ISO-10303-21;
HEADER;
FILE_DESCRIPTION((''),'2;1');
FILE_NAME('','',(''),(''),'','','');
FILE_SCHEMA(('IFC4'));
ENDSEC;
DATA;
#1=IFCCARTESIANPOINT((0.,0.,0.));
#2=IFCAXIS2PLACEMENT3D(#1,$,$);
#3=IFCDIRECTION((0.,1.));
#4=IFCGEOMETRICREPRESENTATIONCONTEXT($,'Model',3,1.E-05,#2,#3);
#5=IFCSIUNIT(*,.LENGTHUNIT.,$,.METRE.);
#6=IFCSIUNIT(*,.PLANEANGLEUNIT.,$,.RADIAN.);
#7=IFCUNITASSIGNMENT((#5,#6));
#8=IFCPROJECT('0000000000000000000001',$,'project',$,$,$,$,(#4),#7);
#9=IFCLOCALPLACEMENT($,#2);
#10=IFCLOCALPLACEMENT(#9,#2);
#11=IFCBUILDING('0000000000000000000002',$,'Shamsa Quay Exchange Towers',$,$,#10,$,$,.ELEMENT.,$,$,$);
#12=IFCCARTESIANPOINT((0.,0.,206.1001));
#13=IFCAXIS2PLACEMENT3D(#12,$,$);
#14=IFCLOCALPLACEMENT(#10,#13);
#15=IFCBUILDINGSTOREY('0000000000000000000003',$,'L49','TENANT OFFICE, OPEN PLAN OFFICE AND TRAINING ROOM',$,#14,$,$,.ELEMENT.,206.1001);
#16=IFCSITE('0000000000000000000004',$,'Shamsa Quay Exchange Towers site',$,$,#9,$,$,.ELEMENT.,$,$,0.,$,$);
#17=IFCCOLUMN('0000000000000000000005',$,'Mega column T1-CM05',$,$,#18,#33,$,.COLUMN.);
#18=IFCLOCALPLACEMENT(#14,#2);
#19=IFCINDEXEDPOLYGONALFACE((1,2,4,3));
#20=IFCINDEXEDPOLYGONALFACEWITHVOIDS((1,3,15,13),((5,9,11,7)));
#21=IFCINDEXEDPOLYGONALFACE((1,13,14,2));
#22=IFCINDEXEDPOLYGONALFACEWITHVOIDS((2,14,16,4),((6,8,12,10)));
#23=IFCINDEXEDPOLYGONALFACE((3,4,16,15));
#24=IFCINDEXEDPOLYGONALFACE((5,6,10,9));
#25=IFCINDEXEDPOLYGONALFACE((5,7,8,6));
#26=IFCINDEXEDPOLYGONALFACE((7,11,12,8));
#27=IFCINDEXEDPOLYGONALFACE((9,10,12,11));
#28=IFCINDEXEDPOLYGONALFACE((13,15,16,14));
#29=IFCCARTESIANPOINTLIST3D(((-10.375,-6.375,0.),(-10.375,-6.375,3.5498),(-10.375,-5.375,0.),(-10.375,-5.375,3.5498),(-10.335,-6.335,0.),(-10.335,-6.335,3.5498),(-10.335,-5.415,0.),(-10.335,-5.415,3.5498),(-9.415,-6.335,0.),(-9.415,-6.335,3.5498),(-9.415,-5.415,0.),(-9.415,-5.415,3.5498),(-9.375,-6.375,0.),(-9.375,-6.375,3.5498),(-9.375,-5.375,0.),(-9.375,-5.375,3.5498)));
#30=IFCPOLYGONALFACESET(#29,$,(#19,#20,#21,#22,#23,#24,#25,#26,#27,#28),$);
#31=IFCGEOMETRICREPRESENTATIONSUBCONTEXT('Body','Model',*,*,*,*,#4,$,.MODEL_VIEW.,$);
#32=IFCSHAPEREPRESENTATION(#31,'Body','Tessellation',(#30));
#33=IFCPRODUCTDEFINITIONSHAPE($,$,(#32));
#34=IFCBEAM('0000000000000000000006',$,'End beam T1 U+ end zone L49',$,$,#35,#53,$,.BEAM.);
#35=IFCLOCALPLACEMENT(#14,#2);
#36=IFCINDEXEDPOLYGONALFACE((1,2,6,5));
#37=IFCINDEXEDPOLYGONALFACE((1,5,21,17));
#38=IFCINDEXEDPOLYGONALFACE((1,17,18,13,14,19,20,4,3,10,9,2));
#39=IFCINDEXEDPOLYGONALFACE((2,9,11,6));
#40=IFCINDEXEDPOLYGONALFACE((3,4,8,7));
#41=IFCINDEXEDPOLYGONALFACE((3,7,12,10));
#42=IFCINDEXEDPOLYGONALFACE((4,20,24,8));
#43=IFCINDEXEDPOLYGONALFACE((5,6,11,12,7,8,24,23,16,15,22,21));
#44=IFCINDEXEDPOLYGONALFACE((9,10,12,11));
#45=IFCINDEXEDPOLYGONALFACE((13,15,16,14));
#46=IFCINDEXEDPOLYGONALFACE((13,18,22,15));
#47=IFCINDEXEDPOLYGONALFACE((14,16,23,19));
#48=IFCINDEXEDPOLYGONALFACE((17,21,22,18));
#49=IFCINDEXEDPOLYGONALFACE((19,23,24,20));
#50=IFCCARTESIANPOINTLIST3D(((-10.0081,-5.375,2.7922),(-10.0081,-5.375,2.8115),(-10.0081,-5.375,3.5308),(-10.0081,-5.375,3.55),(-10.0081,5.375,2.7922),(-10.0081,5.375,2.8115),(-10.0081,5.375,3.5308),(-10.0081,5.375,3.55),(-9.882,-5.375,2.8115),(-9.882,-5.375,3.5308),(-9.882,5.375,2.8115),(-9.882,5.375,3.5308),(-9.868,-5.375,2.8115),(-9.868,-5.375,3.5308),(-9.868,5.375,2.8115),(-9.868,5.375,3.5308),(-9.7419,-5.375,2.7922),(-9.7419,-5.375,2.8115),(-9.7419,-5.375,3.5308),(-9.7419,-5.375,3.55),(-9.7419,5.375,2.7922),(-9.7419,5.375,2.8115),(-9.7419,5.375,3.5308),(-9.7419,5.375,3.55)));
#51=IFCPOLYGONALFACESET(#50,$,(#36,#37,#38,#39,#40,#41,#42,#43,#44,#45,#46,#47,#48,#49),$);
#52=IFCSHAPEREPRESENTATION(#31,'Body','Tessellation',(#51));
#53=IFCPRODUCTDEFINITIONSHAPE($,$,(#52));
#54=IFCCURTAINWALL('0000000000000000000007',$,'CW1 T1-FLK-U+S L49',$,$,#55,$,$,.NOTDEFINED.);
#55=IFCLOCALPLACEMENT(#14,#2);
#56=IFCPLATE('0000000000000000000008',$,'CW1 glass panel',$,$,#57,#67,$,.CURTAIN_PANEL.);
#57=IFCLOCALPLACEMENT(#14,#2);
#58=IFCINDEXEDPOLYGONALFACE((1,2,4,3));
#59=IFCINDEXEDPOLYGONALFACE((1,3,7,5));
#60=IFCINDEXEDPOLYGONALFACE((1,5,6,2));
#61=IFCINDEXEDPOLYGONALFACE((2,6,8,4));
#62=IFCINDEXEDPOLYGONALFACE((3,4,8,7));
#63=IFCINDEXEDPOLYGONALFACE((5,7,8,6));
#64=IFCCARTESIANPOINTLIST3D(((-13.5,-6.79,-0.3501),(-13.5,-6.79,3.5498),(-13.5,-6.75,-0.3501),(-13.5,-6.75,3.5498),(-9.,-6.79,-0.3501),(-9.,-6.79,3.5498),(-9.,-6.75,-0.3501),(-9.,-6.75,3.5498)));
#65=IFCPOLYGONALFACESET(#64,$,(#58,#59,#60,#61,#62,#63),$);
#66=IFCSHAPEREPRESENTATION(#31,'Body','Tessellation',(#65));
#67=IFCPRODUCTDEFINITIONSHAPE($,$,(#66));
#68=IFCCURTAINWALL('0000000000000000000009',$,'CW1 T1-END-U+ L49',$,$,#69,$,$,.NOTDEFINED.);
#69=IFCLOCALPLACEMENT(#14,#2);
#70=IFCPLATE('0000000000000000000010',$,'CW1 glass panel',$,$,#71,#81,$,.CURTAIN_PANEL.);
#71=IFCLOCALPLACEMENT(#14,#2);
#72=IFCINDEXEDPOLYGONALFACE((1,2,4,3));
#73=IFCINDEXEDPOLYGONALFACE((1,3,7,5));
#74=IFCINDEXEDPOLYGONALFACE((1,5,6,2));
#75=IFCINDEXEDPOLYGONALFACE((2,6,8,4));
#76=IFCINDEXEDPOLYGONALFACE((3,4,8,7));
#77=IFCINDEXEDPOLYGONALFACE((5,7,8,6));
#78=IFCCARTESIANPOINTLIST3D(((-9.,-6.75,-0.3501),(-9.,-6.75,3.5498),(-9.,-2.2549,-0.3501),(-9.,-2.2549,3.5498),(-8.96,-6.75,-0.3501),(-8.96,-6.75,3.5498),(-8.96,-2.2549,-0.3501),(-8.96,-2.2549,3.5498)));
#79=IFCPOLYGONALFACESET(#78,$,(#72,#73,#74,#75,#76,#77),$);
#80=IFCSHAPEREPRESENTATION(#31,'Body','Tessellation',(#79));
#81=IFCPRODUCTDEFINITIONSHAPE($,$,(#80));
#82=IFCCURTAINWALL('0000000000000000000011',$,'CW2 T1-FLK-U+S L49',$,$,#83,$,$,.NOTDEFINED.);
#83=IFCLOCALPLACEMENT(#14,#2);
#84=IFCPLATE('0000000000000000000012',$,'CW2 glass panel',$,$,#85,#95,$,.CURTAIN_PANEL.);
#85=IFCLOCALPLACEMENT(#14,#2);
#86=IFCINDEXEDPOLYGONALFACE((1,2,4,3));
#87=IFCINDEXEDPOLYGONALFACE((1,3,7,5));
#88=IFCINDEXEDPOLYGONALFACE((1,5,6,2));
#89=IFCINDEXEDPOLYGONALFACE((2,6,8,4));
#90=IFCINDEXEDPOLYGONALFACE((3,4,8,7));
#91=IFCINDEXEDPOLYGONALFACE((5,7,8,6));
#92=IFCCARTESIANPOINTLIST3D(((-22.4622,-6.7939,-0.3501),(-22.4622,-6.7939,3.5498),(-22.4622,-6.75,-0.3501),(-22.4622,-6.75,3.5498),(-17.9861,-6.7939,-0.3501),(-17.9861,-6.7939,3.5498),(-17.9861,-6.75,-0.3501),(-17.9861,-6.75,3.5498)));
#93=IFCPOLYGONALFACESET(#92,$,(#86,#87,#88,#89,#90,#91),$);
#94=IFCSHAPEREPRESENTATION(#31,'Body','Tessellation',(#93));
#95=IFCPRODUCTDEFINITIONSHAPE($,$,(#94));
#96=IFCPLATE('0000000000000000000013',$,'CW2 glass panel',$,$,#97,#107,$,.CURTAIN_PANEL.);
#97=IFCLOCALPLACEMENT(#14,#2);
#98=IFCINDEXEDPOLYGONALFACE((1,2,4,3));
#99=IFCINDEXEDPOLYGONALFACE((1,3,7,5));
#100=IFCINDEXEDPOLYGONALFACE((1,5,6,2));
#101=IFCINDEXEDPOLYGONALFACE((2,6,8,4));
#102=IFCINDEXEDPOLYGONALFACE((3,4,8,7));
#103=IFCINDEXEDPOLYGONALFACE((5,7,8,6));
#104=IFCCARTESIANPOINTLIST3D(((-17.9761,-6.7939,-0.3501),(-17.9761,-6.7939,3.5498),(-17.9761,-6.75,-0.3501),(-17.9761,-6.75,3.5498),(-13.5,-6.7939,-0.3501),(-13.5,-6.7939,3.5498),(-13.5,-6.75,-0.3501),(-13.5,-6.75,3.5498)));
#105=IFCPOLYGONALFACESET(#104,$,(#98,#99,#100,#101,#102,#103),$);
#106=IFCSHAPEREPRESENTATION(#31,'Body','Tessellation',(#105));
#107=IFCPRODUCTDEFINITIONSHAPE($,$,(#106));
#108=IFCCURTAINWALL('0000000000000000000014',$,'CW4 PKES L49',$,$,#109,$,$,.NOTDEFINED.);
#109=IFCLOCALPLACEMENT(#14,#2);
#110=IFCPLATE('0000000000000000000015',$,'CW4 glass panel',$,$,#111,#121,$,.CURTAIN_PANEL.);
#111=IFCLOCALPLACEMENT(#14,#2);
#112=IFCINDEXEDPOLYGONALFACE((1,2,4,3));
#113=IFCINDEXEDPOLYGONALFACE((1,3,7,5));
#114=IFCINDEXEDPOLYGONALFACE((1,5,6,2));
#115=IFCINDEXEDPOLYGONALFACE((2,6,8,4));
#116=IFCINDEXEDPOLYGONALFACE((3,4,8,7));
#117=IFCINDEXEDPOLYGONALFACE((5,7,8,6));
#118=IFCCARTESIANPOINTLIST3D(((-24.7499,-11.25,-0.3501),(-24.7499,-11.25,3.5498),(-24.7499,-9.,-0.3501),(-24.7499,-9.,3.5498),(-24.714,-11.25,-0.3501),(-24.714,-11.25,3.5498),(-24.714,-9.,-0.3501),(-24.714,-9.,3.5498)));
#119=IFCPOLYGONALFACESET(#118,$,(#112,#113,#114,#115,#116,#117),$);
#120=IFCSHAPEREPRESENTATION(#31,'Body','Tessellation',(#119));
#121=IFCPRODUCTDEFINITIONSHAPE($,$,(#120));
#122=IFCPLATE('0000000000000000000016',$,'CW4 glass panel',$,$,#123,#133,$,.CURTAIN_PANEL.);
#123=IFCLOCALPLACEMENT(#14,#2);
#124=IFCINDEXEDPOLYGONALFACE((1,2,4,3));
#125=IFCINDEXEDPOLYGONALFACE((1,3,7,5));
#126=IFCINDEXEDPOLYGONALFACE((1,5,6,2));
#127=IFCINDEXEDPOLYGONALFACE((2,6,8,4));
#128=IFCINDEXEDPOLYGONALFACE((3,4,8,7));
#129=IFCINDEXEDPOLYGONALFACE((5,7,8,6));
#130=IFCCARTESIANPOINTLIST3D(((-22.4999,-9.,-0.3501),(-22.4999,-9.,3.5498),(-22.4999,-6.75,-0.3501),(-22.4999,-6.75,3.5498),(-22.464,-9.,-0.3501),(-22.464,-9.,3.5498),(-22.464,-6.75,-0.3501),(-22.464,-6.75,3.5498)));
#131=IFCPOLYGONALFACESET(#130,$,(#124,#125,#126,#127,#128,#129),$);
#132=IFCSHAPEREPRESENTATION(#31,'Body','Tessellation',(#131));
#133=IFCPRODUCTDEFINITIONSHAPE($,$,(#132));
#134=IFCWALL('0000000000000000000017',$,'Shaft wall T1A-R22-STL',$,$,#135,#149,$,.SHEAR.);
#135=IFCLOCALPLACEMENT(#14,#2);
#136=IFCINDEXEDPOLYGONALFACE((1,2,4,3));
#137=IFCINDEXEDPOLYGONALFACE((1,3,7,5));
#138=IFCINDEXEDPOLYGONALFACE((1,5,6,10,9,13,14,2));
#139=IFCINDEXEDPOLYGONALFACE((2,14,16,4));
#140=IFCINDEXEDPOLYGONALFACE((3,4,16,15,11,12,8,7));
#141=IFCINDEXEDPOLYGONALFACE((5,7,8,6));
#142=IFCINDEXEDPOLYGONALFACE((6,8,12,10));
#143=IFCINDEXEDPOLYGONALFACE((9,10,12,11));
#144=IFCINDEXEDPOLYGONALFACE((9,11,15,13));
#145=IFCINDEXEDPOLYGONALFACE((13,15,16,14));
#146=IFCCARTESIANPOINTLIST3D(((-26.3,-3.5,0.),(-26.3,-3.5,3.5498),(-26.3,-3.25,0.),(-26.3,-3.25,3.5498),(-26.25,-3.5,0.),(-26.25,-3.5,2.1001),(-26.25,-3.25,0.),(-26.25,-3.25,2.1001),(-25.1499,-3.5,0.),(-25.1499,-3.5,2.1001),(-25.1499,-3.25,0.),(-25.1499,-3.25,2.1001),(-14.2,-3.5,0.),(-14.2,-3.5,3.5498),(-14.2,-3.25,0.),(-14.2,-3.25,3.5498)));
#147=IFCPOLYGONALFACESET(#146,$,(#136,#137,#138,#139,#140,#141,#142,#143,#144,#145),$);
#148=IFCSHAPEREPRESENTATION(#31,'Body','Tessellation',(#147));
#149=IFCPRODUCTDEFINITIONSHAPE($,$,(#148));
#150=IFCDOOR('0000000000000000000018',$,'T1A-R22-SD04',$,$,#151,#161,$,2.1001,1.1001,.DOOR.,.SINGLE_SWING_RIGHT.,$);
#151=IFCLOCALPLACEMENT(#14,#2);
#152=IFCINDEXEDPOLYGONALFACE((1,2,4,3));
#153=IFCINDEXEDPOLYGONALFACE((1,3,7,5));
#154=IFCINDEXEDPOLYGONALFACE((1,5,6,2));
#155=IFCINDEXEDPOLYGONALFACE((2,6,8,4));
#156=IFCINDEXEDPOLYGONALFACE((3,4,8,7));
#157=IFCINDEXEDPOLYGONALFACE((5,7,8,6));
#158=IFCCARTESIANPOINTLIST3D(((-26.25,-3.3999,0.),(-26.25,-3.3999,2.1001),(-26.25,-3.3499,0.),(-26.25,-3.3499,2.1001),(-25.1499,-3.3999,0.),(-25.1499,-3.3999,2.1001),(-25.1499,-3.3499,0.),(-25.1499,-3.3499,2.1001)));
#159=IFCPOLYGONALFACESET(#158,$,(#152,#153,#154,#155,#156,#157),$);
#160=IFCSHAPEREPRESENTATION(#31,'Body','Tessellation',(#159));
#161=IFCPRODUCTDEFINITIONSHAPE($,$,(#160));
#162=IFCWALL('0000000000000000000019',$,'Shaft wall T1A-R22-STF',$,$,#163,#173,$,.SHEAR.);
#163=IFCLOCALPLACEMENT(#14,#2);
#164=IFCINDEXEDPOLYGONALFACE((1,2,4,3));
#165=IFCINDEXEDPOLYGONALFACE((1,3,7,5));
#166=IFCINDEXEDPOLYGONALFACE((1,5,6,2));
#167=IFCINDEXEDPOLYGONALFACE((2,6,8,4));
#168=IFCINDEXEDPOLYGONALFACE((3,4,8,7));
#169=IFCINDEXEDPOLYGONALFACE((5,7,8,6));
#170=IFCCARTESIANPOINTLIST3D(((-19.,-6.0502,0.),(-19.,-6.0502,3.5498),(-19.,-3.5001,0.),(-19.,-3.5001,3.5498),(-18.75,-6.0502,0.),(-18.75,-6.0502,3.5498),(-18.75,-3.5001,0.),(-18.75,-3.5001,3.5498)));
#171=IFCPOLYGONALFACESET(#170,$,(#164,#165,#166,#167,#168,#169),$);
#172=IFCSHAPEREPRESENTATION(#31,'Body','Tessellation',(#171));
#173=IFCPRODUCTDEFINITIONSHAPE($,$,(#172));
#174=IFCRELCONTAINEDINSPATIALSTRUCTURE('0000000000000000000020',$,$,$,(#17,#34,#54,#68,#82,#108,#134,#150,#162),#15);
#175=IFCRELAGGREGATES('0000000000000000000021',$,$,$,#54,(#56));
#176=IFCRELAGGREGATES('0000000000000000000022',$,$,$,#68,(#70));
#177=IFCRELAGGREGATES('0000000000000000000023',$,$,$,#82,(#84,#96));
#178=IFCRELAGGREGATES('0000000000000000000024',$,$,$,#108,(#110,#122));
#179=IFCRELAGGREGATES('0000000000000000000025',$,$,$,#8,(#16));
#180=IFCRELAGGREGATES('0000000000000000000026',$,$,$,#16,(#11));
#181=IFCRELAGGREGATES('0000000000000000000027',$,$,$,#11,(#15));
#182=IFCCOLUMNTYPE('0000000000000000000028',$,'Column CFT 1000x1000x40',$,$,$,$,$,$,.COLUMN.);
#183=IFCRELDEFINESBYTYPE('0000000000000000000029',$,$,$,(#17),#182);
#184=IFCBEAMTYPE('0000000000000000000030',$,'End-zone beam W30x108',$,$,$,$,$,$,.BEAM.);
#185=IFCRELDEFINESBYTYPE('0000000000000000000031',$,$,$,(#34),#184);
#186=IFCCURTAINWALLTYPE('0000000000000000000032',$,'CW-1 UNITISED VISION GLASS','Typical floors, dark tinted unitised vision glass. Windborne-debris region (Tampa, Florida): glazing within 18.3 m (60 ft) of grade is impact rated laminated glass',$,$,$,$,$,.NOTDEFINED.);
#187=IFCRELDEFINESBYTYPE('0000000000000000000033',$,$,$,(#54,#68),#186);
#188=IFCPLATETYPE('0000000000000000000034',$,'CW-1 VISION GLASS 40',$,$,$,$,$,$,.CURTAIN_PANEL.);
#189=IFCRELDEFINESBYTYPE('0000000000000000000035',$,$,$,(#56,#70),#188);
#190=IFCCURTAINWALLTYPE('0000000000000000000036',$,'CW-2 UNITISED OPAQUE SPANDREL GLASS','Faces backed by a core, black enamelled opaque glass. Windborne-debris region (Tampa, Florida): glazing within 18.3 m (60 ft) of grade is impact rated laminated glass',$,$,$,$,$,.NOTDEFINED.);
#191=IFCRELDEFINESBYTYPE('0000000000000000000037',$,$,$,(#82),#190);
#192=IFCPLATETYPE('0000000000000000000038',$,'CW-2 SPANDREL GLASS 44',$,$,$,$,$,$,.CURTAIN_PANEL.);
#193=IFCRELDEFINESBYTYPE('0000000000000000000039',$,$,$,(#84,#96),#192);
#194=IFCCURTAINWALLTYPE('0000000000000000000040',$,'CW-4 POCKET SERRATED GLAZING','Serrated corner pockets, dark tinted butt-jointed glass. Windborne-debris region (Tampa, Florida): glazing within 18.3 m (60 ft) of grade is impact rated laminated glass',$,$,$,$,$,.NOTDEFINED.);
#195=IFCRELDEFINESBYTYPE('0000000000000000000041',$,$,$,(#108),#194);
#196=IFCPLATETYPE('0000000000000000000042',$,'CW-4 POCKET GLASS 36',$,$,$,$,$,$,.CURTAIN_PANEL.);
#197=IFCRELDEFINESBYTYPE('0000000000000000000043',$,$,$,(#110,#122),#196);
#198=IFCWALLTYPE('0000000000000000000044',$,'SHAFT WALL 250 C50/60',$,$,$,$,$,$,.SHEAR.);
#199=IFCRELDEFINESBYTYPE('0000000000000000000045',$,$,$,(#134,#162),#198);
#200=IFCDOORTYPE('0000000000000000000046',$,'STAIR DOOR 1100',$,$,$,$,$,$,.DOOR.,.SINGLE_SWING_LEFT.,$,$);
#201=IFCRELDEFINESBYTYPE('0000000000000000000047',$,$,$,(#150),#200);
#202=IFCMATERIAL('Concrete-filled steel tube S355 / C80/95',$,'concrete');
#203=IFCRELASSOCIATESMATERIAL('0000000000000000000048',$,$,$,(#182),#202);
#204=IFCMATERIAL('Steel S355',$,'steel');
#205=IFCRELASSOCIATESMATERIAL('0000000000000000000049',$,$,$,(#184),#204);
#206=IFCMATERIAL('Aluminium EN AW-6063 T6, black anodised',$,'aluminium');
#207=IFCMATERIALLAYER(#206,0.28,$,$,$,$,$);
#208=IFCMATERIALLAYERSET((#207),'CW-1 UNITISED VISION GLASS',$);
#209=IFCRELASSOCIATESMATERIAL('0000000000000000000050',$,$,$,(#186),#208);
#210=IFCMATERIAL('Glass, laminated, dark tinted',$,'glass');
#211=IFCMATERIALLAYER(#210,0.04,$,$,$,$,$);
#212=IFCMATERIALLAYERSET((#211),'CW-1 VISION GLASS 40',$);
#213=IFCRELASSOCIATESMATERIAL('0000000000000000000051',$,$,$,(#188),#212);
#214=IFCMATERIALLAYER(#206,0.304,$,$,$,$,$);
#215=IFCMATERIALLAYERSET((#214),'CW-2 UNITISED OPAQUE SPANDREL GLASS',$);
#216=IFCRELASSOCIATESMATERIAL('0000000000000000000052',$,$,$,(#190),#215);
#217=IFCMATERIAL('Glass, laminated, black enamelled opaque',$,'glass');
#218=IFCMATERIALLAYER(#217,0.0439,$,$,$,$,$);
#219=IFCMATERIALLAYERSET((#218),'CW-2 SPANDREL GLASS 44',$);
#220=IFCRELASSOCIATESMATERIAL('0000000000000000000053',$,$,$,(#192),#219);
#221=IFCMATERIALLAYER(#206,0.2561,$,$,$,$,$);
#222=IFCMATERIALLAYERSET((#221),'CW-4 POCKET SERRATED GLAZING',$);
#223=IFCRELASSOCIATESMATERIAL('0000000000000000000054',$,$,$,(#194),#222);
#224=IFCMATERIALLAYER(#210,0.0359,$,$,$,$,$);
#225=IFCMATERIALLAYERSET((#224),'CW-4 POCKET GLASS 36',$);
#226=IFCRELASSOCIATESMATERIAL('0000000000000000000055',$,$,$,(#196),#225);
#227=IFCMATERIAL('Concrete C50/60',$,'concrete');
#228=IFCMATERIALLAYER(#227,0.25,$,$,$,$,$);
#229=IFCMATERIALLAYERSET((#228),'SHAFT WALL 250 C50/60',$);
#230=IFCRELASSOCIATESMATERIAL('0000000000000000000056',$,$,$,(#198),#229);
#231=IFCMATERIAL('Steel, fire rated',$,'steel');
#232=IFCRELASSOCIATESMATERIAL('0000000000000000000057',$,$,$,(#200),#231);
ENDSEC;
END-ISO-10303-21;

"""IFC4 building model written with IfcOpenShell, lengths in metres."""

from ifc_helpers import new_model, si_unit, direction, frame, frame_2d, origin, origin_2d, place, context, subcontext, project, spatial, rectangle, hollow_rectangle, i_section, extrude, material, layer, layer_set, material_profile, profile_set, type_object, element, fill, aggregate, save


model = new_model("IFC4")

# Units and contexts
model_context = context("Model", 3, precision=1e-05, world=origin(), true_north=direction((0.0, 1.0)))
body_context = subcontext(model_context, "Body", "Model", "MODEL_VIEW")
ifc_project = project(units=[si_unit("LENGTHUNIT", "METRE"), si_unit("PLANEANGLEUNIT", "RADIAN")], contexts=[model_context])

# Site, building, storey
site_placement = place(None, origin())
site = spatial("IfcSite", under=ifc_project, at=site_placement, Name="Shamsa Quay Exchange Towers site", CompositionType="ELEMENT", RefElevation=0.0)
building_placement = place(site_placement, origin())
building = spatial("IfcBuilding", under=site, at=building_placement, Name="Shamsa Quay Exchange Towers", CompositionType="ELEMENT")
storey_placement = place(building_placement, frame((0.0, 0.0, 206.1001)))
storey = spatial("IfcBuildingStorey", under=building, at=storey_placement, Name="L49", Description="TENANT OFFICE, OPEN PLAN OFFICE AND TRAINING ROOM", CompositionType="ELEMENT", Elevation=206.1001)

# Column
ifc_material_1 = material(Name="Concrete-filled steel tube S355 / C80/95", Category="concrete")
ifc_material_profile_1 = material_profile(ifc_material_1, hollow_rectangle(XDim=1.0, YDim=1.0, WallThickness=0.04, at=origin_2d()), Name="CFT 1000x1000x40")
ifc_profile_set_1 = profile_set([ifc_material_profile_1], Name="Concrete-filled steel tube S355 / C80/95")
column_type = type_object("IfcColumnType", Name="Column CFT 1000x1000x40", PredefinedType="COLUMN", material=ifc_profile_set_1)
column_placement = place(storey_placement, frame((-9.875, -5.875, 0.0)))
element("IfcColumn", 1, at=column_placement, inside=storey, type_object=column_type, Name="Mega column T1-CM05", PredefinedType="COLUMN", context=body_context, shape_type="SweptSolid", body=[
    extrude(hollow_rectangle(XDim=1.0, YDim=1.0, WallThickness=0.04, at=origin_2d()), origin(), (0.0, 0.0, 1.0), 3.5498),
])

# Beam
ifc_material_2 = material(Name="Steel S355", Category="steel")
ifc_material_profile_2 = material_profile(ifc_material_2, i_section(OverallWidth=0.2661, OverallDepth=0.7578, WebThickness=0.0139, FlangeThickness=0.0193, at=origin_2d()), Name="W30x108")
ifc_profile_set_2 = profile_set([ifc_material_profile_2], Name="Steel S355")
beam_type = type_object("IfcBeamType", Name="End-zone beam W30x108", PredefinedType="BEAM", material=ifc_profile_set_2)
beam_placement = place(storey_placement, frame((-9.875, -5.375, 3.1711), z_axis=(0.0, 1.0, 0.0), x_axis=(-1.0, 0.0, 0.0)))
element("IfcBeam", 2, at=beam_placement, inside=storey, type_object=beam_type, Name="End beam T1 U+ end zone L49", PredefinedType="BEAM", context=body_context, shape_type="SweptSolid", body=[
    extrude(i_section(OverallWidth=0.2661, OverallDepth=0.7578, WebThickness=0.0139, FlangeThickness=0.0193, at=origin_2d()), origin(), (0.0, 0.0, 1.0), 10.75),
])

# Curtain walls, plates
ifc_material_3 = material(Name="Aluminium EN AW-6063 T6, black anodised", Category="aluminium")
ifc_layer_1 = layer(ifc_material_3, 0.28)
ifc_layer_set_1 = layer_set([ifc_layer_1], Name="CW-1 UNITISED VISION GLASS")
curtain_wall_type_1 = type_object("IfcCurtainWallType", Name="CW-1 UNITISED VISION GLASS", Description="Typical floors, dark tinted unitised vision glass. Windborne-debris region (Tampa, Florida): glazing within 18.3 m (60 ft) of grade is impact rated laminated glass", PredefinedType="NOTDEFINED", material=ifc_layer_set_1)
curtain_wall_1_placement = place(storey_placement, origin())
curtain_wall_1 = element("IfcCurtainWall", 3, at=curtain_wall_1_placement, inside=storey, type_object=curtain_wall_type_1, Name="CW1 T1-FLK-U+S L49", PredefinedType="NOTDEFINED")
ifc_material_4 = material(Name="Glass, laminated, dark tinted", Category="glass")
ifc_layer_2 = layer(ifc_material_4, 0.04)
ifc_layer_set_2 = layer_set([ifc_layer_2], Name="CW-1 VISION GLASS 40")
plate_type_1 = type_object("IfcPlateType", Name="CW-1 VISION GLASS 40", PredefinedType="CURTAIN_PANEL", material=ifc_layer_set_2)
plate_1_placement = place(storey_placement, frame((-11.25, -6.77, -0.3501)))
plate_1 = element("IfcPlate", 4, at=plate_1_placement, type_object=plate_type_1, Name="CW1 glass panel", PredefinedType="CURTAIN_PANEL", context=body_context, shape_type="SweptSolid", body=[
    extrude(rectangle(XDim=4.5, YDim=0.04, at=origin_2d()), origin(), (0.0, 0.0, 1.0), 3.8999),
])
aggregate(curtain_wall_1, [plate_1])
curtain_wall_2_placement = place(storey_placement, origin())
curtain_wall_2 = element("IfcCurtainWall", 5, at=curtain_wall_2_placement, inside=storey, type_object=curtain_wall_type_1, Name="CW1 T1-END-U+ L49", PredefinedType="NOTDEFINED")
plate_2_placement = place(storey_placement, frame((-8.98, -4.5024, -0.3501), z_axis=(0.0, 0.0, 1.0), x_axis=(0.0, 1.0, 0.0)))
plate_2 = element("IfcPlate", 6, at=plate_2_placement, type_object=plate_type_1, Name="CW1 glass panel", PredefinedType="CURTAIN_PANEL", context=body_context, shape_type="SweptSolid", body=[
    extrude(rectangle(XDim=4.4951, YDim=0.04, at=origin_2d()), origin(), (0.0, 0.0, 1.0), 3.8999),
])
aggregate(curtain_wall_2, [plate_2])

# Curtain walls, plates
ifc_layer_3 = layer(ifc_material_3, 0.304)
ifc_layer_set_3 = layer_set([ifc_layer_3], Name="CW-2 UNITISED OPAQUE SPANDREL GLASS")
curtain_wall_type_2 = type_object("IfcCurtainWallType", Name="CW-2 UNITISED OPAQUE SPANDREL GLASS", Description="Faces backed by a core, black enamelled opaque glass. Windborne-debris region (Tampa, Florida): glazing within 18.3 m (60 ft) of grade is impact rated laminated glass", PredefinedType="NOTDEFINED", material=ifc_layer_set_3)
curtain_wall_3_placement = place(storey_placement, origin())
curtain_wall_3 = element("IfcCurtainWall", 7, at=curtain_wall_3_placement, inside=storey, type_object=curtain_wall_type_2, Name="CW2 T1-FLK-U+S L49", PredefinedType="NOTDEFINED")
ifc_material_5 = material(Name="Glass, laminated, black enamelled opaque", Category="glass")
ifc_layer_4 = layer(ifc_material_5, 0.0439)
ifc_layer_set_4 = layer_set([ifc_layer_4], Name="CW-2 SPANDREL GLASS 44")
plate_type_2 = type_object("IfcPlateType", Name="CW-2 SPANDREL GLASS 44", PredefinedType="CURTAIN_PANEL", material=ifc_layer_set_4)
plate_3_placement = place(storey_placement, frame((-20.2241, -6.772, -0.3501)))
plate_3 = element("IfcPlate", 8, at=plate_3_placement, type_object=plate_type_2, Name="CW2 glass panel", PredefinedType="CURTAIN_PANEL", context=body_context, shape_type="SweptSolid", body=[
    extrude(rectangle(XDim=4.4761, YDim=0.0439, at=origin_2d()), origin(), (0.0, 0.0, 1.0), 3.8999),
])
plate_4_placement = place(storey_placement, frame((-15.738, -6.772, -0.3501)))
plate_4 = element("IfcPlate", 9, at=plate_4_placement, type_object=plate_type_2, Name="CW2 glass panel", PredefinedType="CURTAIN_PANEL", context=body_context, shape_type="SweptSolid", body=[
    extrude(rectangle(XDim=4.4761, YDim=0.0439, at=origin_2d()), origin(), (0.0, 0.0, 1.0), 3.8999),
])
aggregate(curtain_wall_3, [plate_3, plate_4])
ifc_layer_5 = layer(ifc_material_3, 0.2561)
ifc_layer_set_5 = layer_set([ifc_layer_5], Name="CW-4 POCKET SERRATED GLAZING")
curtain_wall_type_3 = type_object("IfcCurtainWallType", Name="CW-4 POCKET SERRATED GLAZING", Description="Serrated corner pockets, dark tinted butt-jointed glass. Windborne-debris region (Tampa, Florida): glazing within 18.3 m (60 ft) of grade is impact rated laminated glass", PredefinedType="NOTDEFINED", material=ifc_layer_set_5)
curtain_wall_4_placement = place(storey_placement, origin())
curtain_wall_4 = element("IfcCurtainWall", 10, at=curtain_wall_4_placement, inside=storey, type_object=curtain_wall_type_3, Name="CW4 PKES L49", PredefinedType="NOTDEFINED")
ifc_layer_6 = layer(ifc_material_4, 0.0359)
ifc_layer_set_6 = layer_set([ifc_layer_6], Name="CW-4 POCKET GLASS 36")
plate_type_3 = type_object("IfcPlateType", Name="CW-4 POCKET GLASS 36", PredefinedType="CURTAIN_PANEL", material=ifc_layer_set_6)
plate_5_placement = place(storey_placement, frame((-24.7319, -10.125, -0.3501), z_axis=(0.0, 0.0, 1.0), x_axis=(0.0, 1.0, 0.0)))
plate_5 = element("IfcPlate", 11, at=plate_5_placement, type_object=plate_type_3, Name="CW4 glass panel", PredefinedType="CURTAIN_PANEL", context=body_context, shape_type="SweptSolid", body=[
    extrude(rectangle(XDim=2.25, YDim=0.0359, at=origin_2d()), origin(), (0.0, 0.0, 1.0), 3.8999),
])
plate_6_placement = place(storey_placement, frame((-22.4819, -7.875, -0.3501), z_axis=(0.0, 0.0, 1.0), x_axis=(0.0, 1.0, 0.0)))
plate_6 = element("IfcPlate", 12, at=plate_6_placement, type_object=plate_type_3, Name="CW4 glass panel", PredefinedType="CURTAIN_PANEL", context=body_context, shape_type="SweptSolid", body=[
    extrude(rectangle(XDim=2.25, YDim=0.0359, at=origin_2d()), origin(), (0.0, 0.0, 1.0), 3.8999),
])
aggregate(curtain_wall_4, [plate_5, plate_6])

# Wall, opening, door
ifc_material_6 = material(Name="Concrete C50/60", Category="concrete")
ifc_layer_7 = layer(ifc_material_6, 0.25)
ifc_layer_set_7 = layer_set([ifc_layer_7], Name="SHAFT WALL 250 C50/60")
wall_type_1 = type_object("IfcWallType", Name="SHAFT WALL 250 C50/60", PredefinedType="SHEAR", material=ifc_layer_set_7)
wall_1_placement = place(storey_placement, frame((-14.2, -3.375, 0.0), z_axis=(0.0, 0.0, 1.0), x_axis=(-1.0, 0.0, 0.0)))
wall_1 = element("IfcWall", 13, at=wall_1_placement, inside=storey, type_object=wall_type_1, Name="Shaft wall T1A-R22-STL", PredefinedType="SHEAR", context=body_context, shape_type="SweptSolid", body=[
    extrude(rectangle(XDim=12.1001, YDim=0.25, at=frame_2d((6.05, 0.0))), origin(), (0.0, 0.0, 1.0), 3.5498),
])
opening_1_placement = place(wall_1_placement, frame((10.95, 0.0, 0.0)))
opening_1 = element("IfcOpeningElement", 14, at=opening_1_placement, cuts=wall_1, PredefinedType="OPENING", context=body_context, shape_type="SweptSolid", body=[
    extrude(rectangle(XDim=1.1001, YDim=2.1001, at=frame_2d((0.55, 1.05))), frame((0.0, 0.135, 0.0), z_axis=(0.0, -1.0, 0.0), x_axis=(1.0, 0.0, 0.0)), (0.0, 0.0, 1.0), 0.27),
])
ifc_material_7 = material(Name="Steel, fire rated", Category="steel")
door_type_1 = type_object("IfcDoorType", Name="STAIR DOOR 1100", OperationType="SINGLE_SWING_LEFT", PredefinedType="DOOR", material=ifc_material_7)
door_1_placement = place(opening_1_placement, origin())
door_1 = element("IfcDoor", 15, at=door_1_placement, inside=storey, type_object=door_type_1, Name="T1A-R22-SD04", OperationType="SINGLE_SWING_RIGHT", OverallHeight=2.1001, OverallWidth=1.1001, PredefinedType="DOOR", context=body_context, shape_type="SweptSolid", body=[
    extrude(rectangle(XDim=1.1001, YDim=2.1001, at=frame_2d((0.55, 1.05))), frame((0.0, 0.0249, 0.0), z_axis=(0.0, -1.0, 0.0), x_axis=(1.0, 0.0, 0.0)), (0.0, 0.0, 1.0), 0.05),
])
fill(opening_1, door_1)

# Wall
wall_2_placement = place(storey_placement, frame((-18.875, -6.05, 0.0), z_axis=(0.0, 0.0, 1.0), x_axis=(0.0, 1.0, 0.0)))
element("IfcWall", 16, at=wall_2_placement, inside=storey, type_object=wall_type_1, Name="Shaft wall T1A-R22-STF", PredefinedType="SHEAR", context=body_context, shape_type="SweptSolid", body=[
    extrude(rectangle(XDim=2.55, YDim=0.25, at=frame_2d((1.2749, 0.0))), origin(), (0.0, 0.0, 1.0), 3.5498),
])

save(model, "model.ifc")
